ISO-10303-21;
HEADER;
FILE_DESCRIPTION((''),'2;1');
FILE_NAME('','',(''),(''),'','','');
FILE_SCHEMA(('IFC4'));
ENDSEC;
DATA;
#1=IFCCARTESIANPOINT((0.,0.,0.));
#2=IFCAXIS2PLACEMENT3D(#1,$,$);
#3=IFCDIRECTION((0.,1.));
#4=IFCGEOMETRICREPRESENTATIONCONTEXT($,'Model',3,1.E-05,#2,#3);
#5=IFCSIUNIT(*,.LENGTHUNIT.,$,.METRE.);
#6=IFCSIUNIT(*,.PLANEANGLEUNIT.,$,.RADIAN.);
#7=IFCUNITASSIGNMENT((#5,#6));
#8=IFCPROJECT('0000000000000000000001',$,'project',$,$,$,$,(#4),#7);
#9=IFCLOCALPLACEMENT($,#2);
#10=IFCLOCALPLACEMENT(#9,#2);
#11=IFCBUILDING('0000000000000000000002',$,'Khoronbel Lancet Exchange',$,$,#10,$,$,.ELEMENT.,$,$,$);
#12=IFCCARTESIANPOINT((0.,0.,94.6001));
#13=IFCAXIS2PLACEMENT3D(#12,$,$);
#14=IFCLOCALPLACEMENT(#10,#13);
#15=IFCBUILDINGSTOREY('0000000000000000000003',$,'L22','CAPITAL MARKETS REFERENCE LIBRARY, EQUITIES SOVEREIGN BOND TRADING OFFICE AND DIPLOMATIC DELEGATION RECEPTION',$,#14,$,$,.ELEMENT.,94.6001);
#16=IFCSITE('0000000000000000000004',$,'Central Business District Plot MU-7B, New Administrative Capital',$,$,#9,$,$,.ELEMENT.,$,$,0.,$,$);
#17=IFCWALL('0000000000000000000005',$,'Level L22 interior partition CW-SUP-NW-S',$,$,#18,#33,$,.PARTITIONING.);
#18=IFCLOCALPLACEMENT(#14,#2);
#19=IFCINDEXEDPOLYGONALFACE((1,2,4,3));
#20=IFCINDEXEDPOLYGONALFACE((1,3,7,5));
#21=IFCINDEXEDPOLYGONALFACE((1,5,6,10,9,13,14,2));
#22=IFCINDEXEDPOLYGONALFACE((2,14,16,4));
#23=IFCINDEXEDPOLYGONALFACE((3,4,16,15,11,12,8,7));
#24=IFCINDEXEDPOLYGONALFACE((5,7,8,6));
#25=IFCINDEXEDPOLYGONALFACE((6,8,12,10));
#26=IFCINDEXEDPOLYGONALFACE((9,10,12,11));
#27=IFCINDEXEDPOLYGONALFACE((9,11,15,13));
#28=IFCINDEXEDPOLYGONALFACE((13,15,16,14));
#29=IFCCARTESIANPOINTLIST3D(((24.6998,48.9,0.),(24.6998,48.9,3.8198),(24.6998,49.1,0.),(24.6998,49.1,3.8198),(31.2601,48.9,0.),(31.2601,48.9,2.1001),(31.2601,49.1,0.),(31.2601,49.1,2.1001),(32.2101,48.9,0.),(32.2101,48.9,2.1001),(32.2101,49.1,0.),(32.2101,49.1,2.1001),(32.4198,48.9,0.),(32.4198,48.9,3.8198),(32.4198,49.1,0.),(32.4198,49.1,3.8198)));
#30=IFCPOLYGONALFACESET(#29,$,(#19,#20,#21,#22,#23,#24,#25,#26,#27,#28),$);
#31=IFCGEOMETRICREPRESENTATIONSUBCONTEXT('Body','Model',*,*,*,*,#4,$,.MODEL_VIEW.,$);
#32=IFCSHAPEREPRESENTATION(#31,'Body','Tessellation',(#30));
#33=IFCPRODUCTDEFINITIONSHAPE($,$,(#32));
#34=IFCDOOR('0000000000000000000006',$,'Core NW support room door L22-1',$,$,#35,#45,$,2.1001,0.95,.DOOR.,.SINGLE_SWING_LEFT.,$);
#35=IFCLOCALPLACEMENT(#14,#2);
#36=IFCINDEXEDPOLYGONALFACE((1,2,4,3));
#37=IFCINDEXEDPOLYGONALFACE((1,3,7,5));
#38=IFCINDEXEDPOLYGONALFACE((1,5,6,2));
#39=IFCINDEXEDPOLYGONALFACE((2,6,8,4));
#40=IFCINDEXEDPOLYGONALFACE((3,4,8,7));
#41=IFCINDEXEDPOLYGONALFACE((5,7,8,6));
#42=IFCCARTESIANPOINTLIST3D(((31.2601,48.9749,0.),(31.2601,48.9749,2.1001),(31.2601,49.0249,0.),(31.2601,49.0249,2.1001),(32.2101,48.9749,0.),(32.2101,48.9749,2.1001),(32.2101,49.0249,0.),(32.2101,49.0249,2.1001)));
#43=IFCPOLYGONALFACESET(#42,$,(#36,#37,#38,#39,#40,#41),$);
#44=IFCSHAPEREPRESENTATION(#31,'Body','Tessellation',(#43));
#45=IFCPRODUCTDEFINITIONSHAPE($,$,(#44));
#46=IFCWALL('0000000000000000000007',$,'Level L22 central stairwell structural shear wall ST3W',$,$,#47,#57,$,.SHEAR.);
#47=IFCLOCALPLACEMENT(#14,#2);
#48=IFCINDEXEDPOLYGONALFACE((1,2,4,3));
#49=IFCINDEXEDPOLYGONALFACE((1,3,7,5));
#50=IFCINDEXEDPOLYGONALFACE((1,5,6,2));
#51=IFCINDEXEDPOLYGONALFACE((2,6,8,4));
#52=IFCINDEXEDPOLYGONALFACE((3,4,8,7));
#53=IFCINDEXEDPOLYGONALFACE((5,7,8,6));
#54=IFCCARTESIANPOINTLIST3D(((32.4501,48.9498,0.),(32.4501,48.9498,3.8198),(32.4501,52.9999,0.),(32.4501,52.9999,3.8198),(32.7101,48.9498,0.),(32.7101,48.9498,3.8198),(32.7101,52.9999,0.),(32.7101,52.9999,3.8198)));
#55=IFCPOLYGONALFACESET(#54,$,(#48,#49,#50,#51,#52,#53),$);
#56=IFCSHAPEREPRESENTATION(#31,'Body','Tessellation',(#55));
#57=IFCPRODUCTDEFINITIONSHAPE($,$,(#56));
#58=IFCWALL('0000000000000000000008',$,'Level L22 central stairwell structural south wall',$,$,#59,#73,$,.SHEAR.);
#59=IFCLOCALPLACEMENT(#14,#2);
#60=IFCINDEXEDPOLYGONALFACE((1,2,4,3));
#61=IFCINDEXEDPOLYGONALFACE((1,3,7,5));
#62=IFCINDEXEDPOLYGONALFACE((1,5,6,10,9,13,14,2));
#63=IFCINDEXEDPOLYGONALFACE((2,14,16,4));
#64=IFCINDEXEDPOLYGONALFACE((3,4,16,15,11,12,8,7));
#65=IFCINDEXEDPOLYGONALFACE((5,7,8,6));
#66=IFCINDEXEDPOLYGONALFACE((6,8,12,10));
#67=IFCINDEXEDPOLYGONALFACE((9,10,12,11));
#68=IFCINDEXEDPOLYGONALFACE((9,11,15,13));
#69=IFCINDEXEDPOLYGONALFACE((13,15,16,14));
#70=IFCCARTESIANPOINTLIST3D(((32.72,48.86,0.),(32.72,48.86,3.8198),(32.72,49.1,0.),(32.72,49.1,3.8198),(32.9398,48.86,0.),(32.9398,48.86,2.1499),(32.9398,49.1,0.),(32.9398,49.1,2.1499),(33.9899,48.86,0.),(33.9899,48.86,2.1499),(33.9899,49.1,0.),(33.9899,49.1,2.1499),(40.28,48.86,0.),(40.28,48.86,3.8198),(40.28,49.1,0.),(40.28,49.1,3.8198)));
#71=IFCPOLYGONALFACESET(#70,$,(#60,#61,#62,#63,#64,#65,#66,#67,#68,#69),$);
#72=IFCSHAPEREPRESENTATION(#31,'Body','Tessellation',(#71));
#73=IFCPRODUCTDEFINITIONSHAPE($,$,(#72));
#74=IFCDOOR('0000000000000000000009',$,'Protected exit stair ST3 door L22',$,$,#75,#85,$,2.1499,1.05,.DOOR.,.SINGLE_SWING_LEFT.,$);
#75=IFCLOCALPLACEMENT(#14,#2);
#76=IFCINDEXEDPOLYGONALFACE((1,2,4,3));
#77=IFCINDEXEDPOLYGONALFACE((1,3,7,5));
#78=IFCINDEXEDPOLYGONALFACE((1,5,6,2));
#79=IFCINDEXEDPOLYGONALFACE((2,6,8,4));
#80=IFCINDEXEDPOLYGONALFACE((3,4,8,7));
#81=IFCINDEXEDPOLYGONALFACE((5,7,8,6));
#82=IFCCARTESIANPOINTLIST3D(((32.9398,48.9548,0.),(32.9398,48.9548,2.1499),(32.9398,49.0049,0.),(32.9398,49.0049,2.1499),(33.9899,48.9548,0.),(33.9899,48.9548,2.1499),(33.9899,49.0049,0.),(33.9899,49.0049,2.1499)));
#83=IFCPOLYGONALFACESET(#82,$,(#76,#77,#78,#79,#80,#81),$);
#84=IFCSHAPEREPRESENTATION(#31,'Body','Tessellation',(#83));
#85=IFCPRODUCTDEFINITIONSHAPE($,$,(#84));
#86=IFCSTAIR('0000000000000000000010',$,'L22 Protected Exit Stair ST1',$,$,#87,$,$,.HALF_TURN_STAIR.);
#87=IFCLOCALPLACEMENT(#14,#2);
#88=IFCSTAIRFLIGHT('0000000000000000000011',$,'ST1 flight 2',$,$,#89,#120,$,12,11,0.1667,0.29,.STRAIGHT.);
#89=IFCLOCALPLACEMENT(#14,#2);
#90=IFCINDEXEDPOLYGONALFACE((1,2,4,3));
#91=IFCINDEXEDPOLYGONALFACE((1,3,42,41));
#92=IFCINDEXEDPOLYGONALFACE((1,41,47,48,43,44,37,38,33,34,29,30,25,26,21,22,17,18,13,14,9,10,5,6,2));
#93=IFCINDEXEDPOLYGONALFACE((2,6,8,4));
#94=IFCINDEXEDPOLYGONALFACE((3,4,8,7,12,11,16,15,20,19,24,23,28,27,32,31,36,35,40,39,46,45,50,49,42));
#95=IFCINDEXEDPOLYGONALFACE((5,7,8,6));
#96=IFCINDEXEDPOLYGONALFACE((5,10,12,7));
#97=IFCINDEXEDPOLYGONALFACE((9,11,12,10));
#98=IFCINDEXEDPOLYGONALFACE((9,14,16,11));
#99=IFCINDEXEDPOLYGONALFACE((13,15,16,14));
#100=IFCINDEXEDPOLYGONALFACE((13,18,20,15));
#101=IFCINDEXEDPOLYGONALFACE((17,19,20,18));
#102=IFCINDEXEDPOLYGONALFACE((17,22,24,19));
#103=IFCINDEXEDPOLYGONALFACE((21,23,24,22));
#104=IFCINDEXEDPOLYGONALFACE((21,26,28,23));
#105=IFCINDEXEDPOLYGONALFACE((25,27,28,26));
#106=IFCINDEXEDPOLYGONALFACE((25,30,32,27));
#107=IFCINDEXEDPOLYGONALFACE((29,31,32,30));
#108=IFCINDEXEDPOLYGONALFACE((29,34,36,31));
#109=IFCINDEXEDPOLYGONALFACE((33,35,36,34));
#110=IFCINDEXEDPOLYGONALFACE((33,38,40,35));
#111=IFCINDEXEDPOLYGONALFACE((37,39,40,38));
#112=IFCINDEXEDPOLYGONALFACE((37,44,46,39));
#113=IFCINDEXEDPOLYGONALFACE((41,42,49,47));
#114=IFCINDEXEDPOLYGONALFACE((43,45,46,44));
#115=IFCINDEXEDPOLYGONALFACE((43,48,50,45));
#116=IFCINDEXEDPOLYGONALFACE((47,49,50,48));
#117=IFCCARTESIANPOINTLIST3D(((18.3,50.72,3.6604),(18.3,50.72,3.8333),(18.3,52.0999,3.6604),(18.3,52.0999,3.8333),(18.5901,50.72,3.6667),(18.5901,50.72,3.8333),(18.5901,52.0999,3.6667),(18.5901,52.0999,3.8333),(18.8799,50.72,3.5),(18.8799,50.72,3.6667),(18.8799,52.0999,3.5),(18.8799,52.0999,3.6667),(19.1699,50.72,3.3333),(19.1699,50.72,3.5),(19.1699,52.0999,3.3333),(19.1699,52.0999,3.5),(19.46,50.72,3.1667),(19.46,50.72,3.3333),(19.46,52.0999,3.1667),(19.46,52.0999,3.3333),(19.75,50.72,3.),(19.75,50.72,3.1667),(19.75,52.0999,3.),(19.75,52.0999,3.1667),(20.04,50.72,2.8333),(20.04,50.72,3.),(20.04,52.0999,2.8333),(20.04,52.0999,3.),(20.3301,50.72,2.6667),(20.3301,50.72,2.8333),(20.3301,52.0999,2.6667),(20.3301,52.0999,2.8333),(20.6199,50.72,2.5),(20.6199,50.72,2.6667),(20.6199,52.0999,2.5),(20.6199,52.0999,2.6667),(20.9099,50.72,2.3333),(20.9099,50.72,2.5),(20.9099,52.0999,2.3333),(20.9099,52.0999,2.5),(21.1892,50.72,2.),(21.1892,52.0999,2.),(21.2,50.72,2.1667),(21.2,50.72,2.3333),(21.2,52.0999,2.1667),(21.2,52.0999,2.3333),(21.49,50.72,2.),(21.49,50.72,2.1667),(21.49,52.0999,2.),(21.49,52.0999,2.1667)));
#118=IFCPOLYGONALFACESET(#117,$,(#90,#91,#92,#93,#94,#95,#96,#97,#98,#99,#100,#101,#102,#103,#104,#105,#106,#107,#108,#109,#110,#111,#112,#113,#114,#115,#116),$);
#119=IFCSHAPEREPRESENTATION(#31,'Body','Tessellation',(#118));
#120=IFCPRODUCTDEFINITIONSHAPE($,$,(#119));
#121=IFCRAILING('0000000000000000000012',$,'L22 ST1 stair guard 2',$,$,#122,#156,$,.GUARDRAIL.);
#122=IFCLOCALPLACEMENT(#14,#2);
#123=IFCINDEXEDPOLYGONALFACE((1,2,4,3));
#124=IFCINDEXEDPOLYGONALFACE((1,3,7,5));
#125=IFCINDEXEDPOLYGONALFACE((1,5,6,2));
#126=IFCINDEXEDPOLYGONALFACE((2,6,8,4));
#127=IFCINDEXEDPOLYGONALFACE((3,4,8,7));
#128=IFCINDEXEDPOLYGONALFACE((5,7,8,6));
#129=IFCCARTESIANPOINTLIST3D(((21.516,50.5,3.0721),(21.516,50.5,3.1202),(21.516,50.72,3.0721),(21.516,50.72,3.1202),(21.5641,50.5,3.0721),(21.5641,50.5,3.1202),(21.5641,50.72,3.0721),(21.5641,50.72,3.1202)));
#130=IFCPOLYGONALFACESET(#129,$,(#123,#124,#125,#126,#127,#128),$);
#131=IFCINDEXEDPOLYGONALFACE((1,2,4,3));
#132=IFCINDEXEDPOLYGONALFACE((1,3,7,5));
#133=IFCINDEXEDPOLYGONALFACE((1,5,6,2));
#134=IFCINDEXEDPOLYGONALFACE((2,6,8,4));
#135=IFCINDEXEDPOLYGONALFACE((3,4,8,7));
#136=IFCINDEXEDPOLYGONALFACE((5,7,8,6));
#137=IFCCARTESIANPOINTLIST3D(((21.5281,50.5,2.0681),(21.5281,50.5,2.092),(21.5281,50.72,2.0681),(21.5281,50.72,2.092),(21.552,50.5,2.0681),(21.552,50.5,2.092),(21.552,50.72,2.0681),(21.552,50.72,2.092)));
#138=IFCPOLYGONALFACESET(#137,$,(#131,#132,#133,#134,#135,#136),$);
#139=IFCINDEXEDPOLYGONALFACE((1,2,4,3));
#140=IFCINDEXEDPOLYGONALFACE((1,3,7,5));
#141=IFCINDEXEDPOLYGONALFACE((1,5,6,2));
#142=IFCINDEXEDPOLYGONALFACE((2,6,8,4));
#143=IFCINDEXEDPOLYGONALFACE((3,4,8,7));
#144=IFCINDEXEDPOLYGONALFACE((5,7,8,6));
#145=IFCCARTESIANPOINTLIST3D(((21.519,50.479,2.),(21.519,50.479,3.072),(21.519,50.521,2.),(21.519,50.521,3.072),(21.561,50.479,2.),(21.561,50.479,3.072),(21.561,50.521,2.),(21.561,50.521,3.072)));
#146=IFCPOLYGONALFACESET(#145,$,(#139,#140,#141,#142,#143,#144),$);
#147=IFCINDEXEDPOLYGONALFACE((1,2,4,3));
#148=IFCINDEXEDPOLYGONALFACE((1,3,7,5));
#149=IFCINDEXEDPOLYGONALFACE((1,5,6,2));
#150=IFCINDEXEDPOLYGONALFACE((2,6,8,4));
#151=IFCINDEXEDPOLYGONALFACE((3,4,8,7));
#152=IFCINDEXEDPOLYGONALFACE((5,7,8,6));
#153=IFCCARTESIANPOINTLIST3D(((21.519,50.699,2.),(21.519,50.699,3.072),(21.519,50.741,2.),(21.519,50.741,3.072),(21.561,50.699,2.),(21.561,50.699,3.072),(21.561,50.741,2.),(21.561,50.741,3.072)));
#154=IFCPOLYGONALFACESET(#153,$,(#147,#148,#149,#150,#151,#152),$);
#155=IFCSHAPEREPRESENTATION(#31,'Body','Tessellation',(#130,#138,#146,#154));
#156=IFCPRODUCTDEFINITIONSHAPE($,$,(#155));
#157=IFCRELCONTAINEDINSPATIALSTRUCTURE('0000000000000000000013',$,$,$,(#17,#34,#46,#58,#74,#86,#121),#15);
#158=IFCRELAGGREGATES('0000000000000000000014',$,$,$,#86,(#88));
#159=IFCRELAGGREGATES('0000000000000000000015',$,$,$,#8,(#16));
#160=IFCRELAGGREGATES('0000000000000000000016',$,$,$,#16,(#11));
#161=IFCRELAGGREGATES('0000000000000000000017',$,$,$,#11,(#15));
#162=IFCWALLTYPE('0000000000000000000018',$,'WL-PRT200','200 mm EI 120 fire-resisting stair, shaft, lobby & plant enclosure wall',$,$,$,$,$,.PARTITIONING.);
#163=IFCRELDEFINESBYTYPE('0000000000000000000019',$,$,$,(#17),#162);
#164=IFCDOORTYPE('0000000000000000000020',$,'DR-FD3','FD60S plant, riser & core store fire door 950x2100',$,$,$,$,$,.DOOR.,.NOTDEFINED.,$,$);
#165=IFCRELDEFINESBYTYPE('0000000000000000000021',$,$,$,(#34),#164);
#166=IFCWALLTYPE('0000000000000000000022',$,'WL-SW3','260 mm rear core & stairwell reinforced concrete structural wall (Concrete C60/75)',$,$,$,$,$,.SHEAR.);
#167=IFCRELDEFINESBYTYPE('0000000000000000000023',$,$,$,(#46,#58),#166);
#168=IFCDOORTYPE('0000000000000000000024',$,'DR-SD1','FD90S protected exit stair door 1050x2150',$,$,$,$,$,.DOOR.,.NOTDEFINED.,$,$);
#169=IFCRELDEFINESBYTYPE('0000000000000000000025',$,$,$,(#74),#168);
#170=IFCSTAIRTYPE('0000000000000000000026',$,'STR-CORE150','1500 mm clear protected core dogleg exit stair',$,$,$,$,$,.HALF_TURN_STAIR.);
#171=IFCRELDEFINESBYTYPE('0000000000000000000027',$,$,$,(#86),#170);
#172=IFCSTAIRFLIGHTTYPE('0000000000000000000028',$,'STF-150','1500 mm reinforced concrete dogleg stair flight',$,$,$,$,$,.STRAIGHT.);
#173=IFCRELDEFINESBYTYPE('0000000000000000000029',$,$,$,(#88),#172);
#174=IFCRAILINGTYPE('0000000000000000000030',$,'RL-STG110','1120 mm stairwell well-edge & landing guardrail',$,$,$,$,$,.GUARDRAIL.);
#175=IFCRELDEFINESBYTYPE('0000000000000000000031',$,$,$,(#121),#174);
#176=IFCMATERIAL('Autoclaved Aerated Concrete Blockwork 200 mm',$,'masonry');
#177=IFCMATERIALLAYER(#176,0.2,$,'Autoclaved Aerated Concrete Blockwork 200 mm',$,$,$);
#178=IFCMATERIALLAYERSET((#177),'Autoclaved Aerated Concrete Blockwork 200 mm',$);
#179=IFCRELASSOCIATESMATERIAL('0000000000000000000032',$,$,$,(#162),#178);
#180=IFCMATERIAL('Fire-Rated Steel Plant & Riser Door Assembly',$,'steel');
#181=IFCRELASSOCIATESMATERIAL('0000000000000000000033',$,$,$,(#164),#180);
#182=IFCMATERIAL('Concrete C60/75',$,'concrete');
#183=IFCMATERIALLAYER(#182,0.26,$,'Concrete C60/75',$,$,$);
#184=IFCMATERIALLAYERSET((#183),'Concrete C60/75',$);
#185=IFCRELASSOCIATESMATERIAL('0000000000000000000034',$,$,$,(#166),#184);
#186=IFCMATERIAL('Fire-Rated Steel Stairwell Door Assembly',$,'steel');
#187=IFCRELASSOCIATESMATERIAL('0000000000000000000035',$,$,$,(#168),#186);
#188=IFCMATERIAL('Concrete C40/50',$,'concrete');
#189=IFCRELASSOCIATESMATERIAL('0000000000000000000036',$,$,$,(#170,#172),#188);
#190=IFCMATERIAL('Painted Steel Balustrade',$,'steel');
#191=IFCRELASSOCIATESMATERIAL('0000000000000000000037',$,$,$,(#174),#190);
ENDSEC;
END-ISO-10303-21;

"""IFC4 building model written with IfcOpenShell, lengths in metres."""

from ifc_helpers import new_model, si_unit, direction, frame, frame_2d, origin, origin_2d, place, context, subcontext, project, spatial, polyline, rectangle, outline, extrude, material, layer, layer_set, type_object, element, fill, aggregate, save


model = new_model("IFC4")

# Units and contexts
model_context = context("Model", 3, precision=1e-05, world=origin(), true_north=direction((0.0, 1.0)))
body_context = subcontext(model_context, "Body", "Model", "MODEL_VIEW")
ifc_project = project(units=[si_unit("LENGTHUNIT", "METRE"), si_unit("PLANEANGLEUNIT", "RADIAN")], contexts=[model_context])

# Site, building, storey
site_placement = place(None, origin())
site = spatial("IfcSite", under=ifc_project, at=site_placement, Name="Central Business District Plot MU-7B, New Administrative Capital", CompositionType="ELEMENT", RefElevation=0.0)
building_placement = place(site_placement, origin())
building = spatial("IfcBuilding", under=site, at=building_placement, Name="Khoronbel Lancet Exchange", CompositionType="ELEMENT")
storey_placement = place(building_placement, frame((0.0, 0.0, 94.6001)))
storey = spatial("IfcBuildingStorey", under=building, at=storey_placement, Name="L22", Description="CAPITAL MARKETS REFERENCE LIBRARY, EQUITIES SOVEREIGN BOND TRADING OFFICE AND DIPLOMATIC DELEGATION RECEPTION", CompositionType="ELEMENT", Elevation=94.6001)

# Shared definitions
ifc_material_1 = material(Name="Autoclaved Aerated Concrete Blockwork 200 mm", Category="masonry")
ifc_layer_1 = layer(ifc_material_1, 0.2, Name="Autoclaved Aerated Concrete Blockwork 200 mm")
ifc_layer_set_1 = layer_set([ifc_layer_1], Name="Autoclaved Aerated Concrete Blockwork 200 mm")
wall_type_1 = type_object("IfcWallType", Name="WL-PRT200", Description="200 mm EI 120 fire-resisting stair, shaft, lobby & plant enclosure wall", PredefinedType="PARTITIONING", material=ifc_layer_set_1)

# Wall, opening, door
wall_1_placement = place(storey_placement, frame((24.7, 49.0, 0.0), z_axis=(0.0, 0.0, 1.0), x_axis=(1.0, 0.0, 0.0)))
wall_1 = element("IfcWall", 1, at=wall_1_placement, inside=storey, type_object=wall_type_1, Name="Level L22 interior partition CW-SUP-NW-S", PredefinedType="PARTITIONING", context=body_context, shape_type="SweptSolid", body=[
    extrude(rectangle(XDim=7.72, YDim=0.2, at=frame_2d((3.8599, 0.0))), origin(), (0.0, 0.0, 1.0), 3.8198),
])
opening_1_placement = place(wall_1_placement, frame((6.5601, 0.0, 0.0)))
opening_1 = element("IfcOpeningElement", 2, at=opening_1_placement, cuts=wall_1, PredefinedType="OPENING", context=body_context, shape_type="SweptSolid", body=[
    extrude(rectangle(XDim=0.95, YDim=2.1001, at=frame_2d((0.4751, 1.05))), frame((0.0, 0.1099, 0.0), z_axis=(0.0, -1.0, 0.0), x_axis=(1.0, 0.0, 0.0)), (0.0, 0.0, 1.0), 0.22),
])
ifc_material_2 = material(Name="Fire-Rated Steel Plant & Riser Door Assembly", Category="steel")
door_type_1 = type_object("IfcDoorType", Name="DR-FD3", Description="FD60S plant, riser & core store fire door 950x2100", OperationType="NOTDEFINED", PredefinedType="DOOR", material=ifc_material_2)
door_1_placement = place(opening_1_placement, origin())
door_1 = element("IfcDoor", 3, at=door_1_placement, inside=storey, type_object=door_type_1, Name="Core NW support room door L22-1", OperationType="SINGLE_SWING_LEFT", OverallHeight=2.1001, OverallWidth=0.95, PredefinedType="DOOR", context=body_context, shape_type="SweptSolid", body=[
    extrude(rectangle(XDim=0.95, YDim=2.1001, at=frame_2d((0.4751, 1.05))), frame((0.0, 0.0249, 0.0), z_axis=(0.0, -1.0, 0.0), x_axis=(1.0, 0.0, 0.0)), (0.0, 0.0, 1.0), 0.05),
])
fill(opening_1, door_1)

# Wall
ifc_material_3 = material(Name="Concrete C60/75", Category="concrete")
ifc_layer_2 = layer(ifc_material_3, 0.26, Name="Concrete C60/75")
ifc_layer_set_2 = layer_set([ifc_layer_2], Name="Concrete C60/75")
wall_type_2 = type_object("IfcWallType", Name="WL-SW3", Description="260 mm rear core & stairwell reinforced concrete structural wall (Concrete C60/75)", PredefinedType="SHEAR", material=ifc_layer_set_2)
wall_2_placement = place(storey_placement, frame((32.5801, 48.95, 0.0), z_axis=(0.0, 0.0, 1.0), x_axis=(0.0, 1.0, 0.0)))
element("IfcWall", 4, at=wall_2_placement, inside=storey, type_object=wall_type_2, Name="Level L22 central stairwell structural shear wall ST3W", PredefinedType="SHEAR", context=body_context, shape_type="SweptSolid", body=[
    extrude(rectangle(XDim=4.05, YDim=0.26, at=frame_2d((2.0249, 0.0))), origin(), (0.0, 0.0, 1.0), 3.8198),
])

# Wall, opening, door
wall_3_placement = place(storey_placement, frame((32.72, 48.98, 0.0), z_axis=(0.0, 0.0, 1.0), x_axis=(1.0, 0.0, 0.0)))
wall_3 = element("IfcWall", 5, at=wall_3_placement, inside=storey, type_object=wall_type_2, Name="Level L22 central stairwell structural south wall", PredefinedType="SHEAR", context=body_context, shape_type="SweptSolid", body=[
    extrude(rectangle(XDim=7.5601, YDim=0.24, at=frame_2d((3.78, 0.0))), origin(), (0.0, 0.0, 1.0), 3.8198),
])
opening_2_placement = place(wall_3_placement, frame((0.22, 0.0, 0.0)))
opening_2 = element("IfcOpeningElement", 6, at=opening_2_placement, cuts=wall_3, PredefinedType="OPENING", context=body_context, shape_type="SweptSolid", body=[
    extrude(rectangle(XDim=1.05, YDim=2.1499, at=frame_2d((0.5249, 1.075))), frame((0.0, 0.1299, 0.0), z_axis=(0.0, -1.0, 0.0), x_axis=(1.0, 0.0, 0.0)), (0.0, 0.0, 1.0), 0.26),
])
ifc_material_4 = material(Name="Fire-Rated Steel Stairwell Door Assembly", Category="steel")
door_type_2 = type_object("IfcDoorType", Name="DR-SD1", Description="FD90S protected exit stair door 1050x2150", OperationType="NOTDEFINED", PredefinedType="DOOR", material=ifc_material_4)
door_2_placement = place(opening_2_placement, origin())
door_2 = element("IfcDoor", 7, at=door_2_placement, inside=storey, type_object=door_type_2, Name="Protected exit stair ST3 door L22", OperationType="SINGLE_SWING_LEFT", OverallHeight=2.1499, OverallWidth=1.05, PredefinedType="DOOR", context=body_context, shape_type="SweptSolid", body=[
    extrude(rectangle(XDim=1.05, YDim=2.1499, at=frame_2d((0.5249, 1.075))), frame((0.0, 0.0249, 0.0), z_axis=(0.0, -1.0, 0.0), x_axis=(1.0, 0.0, 0.0)), (0.0, 0.0, 1.0), 0.05),
])
fill(opening_2, door_2)

# Stair, stair flight
ifc_material_5 = material(Name="Concrete C40/50", Category="concrete")
stair_type = type_object("IfcStairType", Name="STR-CORE150", Description="1500 mm clear protected core dogleg exit stair", PredefinedType="HALF_TURN_STAIR", material=ifc_material_5)
stair_placement = place(storey_placement, origin())
stair = element("IfcStair", 8, at=stair_placement, inside=storey, type_object=stair_type, Name="L22 Protected Exit Stair ST1", PredefinedType="HALF_TURN_STAIR")
stair_flight_type = type_object("IfcStairFlightType", Name="STF-150", Description="1500 mm reinforced concrete dogleg stair flight", PredefinedType="STRAIGHT", material=ifc_material_5)
stair_flight_placement = place(storey_placement, frame((21.49, 51.4099, 2.0), z_axis=(0.0, 0.0, 1.0), x_axis=(-1.0, 0.0, 0.0)))
stair_flight = element("IfcStairFlight", 9, at=stair_flight_placement, type_object=stair_flight_type, Name="ST1 flight 2", NumberOfRisers=12, NumberOfTreads=11, PredefinedType="STRAIGHT", RiserHeight=0.1667, TreadLength=0.29, context=body_context, shape_type="SweptSolid", body=[
    extrude(outline(polyline([(0.0, 0.0), (0.0, 0.1667), (0.29, 0.1667), (0.29, 0.3333), (0.5801, 0.3333), (0.5801, 0.5), (0.8701, 0.5), (0.8701, 0.6667), (1.1599, 0.6667), (1.1599, 0.8333), (1.45, 0.8333), (1.45, 1.0), (1.74, 1.0), (1.74, 1.1667), (2.03, 1.1667), (2.03, 1.3333), (2.3201, 1.3333), (2.3201, 1.5), (2.6101, 1.5), (2.6101, 1.6667), (2.8999, 1.6667), (2.8999, 1.8333), (3.1899, 1.8333), (3.1899, 2.0), (3.1899, 1.6604), (0.3008, 0.0), (0.0, 0.0)])), frame((0.0, 0.6899, 0.0), z_axis=(0.0, -1.0, 0.0), x_axis=(1.0, 0.0, 0.0)), (0.0, 0.0, 1.0), 1.3799),
])
aggregate(stair, [stair_flight])

# Railing
ifc_material_6 = material(Name="Painted Steel Balustrade", Category="steel")
railing_type_1 = type_object("IfcRailingType", Name="RL-STG110", Description="1120 mm stairwell well-edge & landing guardrail", PredefinedType="GUARDRAIL", material=ifc_material_6)
railing_1_placement = place(storey_placement, frame((21.54, 50.5, 2.0)))
element("IfcRailing", 10, at=railing_1_placement, inside=storey, type_object=railing_type_1, Name="L22 ST1 stair guard 2", PredefinedType="GUARDRAIL", context=body_context, shape_type="SweptSolid", body=[
    extrude(rectangle(XDim=0.0481, YDim=0.0481, at=origin_2d()), frame((0.0, 0.0, 1.0962), z_axis=(0.0, 1.0, 0.0), x_axis=(-1.0, 0.0, 0.0)), (0.0, 0.0, 1.0), 0.22),
    extrude(rectangle(XDim=0.0239, YDim=0.0239, at=origin_2d()), frame((0.0, 0.0, 0.0801), z_axis=(0.0, 1.0, 0.0), x_axis=(-1.0, 0.0, 0.0)), (0.0, 0.0, 1.0), 0.22),
    extrude(rectangle(XDim=0.042, YDim=0.042, at=origin_2d()), origin(), (0.0, 0.0, 1.0), 1.072),
    extrude(rectangle(XDim=0.042, YDim=0.042, at=origin_2d()), frame((0.0, 0.22, 0.0)), (0.0, 0.0, 1.0), 1.072),
])

save(model, "model.ifc")
